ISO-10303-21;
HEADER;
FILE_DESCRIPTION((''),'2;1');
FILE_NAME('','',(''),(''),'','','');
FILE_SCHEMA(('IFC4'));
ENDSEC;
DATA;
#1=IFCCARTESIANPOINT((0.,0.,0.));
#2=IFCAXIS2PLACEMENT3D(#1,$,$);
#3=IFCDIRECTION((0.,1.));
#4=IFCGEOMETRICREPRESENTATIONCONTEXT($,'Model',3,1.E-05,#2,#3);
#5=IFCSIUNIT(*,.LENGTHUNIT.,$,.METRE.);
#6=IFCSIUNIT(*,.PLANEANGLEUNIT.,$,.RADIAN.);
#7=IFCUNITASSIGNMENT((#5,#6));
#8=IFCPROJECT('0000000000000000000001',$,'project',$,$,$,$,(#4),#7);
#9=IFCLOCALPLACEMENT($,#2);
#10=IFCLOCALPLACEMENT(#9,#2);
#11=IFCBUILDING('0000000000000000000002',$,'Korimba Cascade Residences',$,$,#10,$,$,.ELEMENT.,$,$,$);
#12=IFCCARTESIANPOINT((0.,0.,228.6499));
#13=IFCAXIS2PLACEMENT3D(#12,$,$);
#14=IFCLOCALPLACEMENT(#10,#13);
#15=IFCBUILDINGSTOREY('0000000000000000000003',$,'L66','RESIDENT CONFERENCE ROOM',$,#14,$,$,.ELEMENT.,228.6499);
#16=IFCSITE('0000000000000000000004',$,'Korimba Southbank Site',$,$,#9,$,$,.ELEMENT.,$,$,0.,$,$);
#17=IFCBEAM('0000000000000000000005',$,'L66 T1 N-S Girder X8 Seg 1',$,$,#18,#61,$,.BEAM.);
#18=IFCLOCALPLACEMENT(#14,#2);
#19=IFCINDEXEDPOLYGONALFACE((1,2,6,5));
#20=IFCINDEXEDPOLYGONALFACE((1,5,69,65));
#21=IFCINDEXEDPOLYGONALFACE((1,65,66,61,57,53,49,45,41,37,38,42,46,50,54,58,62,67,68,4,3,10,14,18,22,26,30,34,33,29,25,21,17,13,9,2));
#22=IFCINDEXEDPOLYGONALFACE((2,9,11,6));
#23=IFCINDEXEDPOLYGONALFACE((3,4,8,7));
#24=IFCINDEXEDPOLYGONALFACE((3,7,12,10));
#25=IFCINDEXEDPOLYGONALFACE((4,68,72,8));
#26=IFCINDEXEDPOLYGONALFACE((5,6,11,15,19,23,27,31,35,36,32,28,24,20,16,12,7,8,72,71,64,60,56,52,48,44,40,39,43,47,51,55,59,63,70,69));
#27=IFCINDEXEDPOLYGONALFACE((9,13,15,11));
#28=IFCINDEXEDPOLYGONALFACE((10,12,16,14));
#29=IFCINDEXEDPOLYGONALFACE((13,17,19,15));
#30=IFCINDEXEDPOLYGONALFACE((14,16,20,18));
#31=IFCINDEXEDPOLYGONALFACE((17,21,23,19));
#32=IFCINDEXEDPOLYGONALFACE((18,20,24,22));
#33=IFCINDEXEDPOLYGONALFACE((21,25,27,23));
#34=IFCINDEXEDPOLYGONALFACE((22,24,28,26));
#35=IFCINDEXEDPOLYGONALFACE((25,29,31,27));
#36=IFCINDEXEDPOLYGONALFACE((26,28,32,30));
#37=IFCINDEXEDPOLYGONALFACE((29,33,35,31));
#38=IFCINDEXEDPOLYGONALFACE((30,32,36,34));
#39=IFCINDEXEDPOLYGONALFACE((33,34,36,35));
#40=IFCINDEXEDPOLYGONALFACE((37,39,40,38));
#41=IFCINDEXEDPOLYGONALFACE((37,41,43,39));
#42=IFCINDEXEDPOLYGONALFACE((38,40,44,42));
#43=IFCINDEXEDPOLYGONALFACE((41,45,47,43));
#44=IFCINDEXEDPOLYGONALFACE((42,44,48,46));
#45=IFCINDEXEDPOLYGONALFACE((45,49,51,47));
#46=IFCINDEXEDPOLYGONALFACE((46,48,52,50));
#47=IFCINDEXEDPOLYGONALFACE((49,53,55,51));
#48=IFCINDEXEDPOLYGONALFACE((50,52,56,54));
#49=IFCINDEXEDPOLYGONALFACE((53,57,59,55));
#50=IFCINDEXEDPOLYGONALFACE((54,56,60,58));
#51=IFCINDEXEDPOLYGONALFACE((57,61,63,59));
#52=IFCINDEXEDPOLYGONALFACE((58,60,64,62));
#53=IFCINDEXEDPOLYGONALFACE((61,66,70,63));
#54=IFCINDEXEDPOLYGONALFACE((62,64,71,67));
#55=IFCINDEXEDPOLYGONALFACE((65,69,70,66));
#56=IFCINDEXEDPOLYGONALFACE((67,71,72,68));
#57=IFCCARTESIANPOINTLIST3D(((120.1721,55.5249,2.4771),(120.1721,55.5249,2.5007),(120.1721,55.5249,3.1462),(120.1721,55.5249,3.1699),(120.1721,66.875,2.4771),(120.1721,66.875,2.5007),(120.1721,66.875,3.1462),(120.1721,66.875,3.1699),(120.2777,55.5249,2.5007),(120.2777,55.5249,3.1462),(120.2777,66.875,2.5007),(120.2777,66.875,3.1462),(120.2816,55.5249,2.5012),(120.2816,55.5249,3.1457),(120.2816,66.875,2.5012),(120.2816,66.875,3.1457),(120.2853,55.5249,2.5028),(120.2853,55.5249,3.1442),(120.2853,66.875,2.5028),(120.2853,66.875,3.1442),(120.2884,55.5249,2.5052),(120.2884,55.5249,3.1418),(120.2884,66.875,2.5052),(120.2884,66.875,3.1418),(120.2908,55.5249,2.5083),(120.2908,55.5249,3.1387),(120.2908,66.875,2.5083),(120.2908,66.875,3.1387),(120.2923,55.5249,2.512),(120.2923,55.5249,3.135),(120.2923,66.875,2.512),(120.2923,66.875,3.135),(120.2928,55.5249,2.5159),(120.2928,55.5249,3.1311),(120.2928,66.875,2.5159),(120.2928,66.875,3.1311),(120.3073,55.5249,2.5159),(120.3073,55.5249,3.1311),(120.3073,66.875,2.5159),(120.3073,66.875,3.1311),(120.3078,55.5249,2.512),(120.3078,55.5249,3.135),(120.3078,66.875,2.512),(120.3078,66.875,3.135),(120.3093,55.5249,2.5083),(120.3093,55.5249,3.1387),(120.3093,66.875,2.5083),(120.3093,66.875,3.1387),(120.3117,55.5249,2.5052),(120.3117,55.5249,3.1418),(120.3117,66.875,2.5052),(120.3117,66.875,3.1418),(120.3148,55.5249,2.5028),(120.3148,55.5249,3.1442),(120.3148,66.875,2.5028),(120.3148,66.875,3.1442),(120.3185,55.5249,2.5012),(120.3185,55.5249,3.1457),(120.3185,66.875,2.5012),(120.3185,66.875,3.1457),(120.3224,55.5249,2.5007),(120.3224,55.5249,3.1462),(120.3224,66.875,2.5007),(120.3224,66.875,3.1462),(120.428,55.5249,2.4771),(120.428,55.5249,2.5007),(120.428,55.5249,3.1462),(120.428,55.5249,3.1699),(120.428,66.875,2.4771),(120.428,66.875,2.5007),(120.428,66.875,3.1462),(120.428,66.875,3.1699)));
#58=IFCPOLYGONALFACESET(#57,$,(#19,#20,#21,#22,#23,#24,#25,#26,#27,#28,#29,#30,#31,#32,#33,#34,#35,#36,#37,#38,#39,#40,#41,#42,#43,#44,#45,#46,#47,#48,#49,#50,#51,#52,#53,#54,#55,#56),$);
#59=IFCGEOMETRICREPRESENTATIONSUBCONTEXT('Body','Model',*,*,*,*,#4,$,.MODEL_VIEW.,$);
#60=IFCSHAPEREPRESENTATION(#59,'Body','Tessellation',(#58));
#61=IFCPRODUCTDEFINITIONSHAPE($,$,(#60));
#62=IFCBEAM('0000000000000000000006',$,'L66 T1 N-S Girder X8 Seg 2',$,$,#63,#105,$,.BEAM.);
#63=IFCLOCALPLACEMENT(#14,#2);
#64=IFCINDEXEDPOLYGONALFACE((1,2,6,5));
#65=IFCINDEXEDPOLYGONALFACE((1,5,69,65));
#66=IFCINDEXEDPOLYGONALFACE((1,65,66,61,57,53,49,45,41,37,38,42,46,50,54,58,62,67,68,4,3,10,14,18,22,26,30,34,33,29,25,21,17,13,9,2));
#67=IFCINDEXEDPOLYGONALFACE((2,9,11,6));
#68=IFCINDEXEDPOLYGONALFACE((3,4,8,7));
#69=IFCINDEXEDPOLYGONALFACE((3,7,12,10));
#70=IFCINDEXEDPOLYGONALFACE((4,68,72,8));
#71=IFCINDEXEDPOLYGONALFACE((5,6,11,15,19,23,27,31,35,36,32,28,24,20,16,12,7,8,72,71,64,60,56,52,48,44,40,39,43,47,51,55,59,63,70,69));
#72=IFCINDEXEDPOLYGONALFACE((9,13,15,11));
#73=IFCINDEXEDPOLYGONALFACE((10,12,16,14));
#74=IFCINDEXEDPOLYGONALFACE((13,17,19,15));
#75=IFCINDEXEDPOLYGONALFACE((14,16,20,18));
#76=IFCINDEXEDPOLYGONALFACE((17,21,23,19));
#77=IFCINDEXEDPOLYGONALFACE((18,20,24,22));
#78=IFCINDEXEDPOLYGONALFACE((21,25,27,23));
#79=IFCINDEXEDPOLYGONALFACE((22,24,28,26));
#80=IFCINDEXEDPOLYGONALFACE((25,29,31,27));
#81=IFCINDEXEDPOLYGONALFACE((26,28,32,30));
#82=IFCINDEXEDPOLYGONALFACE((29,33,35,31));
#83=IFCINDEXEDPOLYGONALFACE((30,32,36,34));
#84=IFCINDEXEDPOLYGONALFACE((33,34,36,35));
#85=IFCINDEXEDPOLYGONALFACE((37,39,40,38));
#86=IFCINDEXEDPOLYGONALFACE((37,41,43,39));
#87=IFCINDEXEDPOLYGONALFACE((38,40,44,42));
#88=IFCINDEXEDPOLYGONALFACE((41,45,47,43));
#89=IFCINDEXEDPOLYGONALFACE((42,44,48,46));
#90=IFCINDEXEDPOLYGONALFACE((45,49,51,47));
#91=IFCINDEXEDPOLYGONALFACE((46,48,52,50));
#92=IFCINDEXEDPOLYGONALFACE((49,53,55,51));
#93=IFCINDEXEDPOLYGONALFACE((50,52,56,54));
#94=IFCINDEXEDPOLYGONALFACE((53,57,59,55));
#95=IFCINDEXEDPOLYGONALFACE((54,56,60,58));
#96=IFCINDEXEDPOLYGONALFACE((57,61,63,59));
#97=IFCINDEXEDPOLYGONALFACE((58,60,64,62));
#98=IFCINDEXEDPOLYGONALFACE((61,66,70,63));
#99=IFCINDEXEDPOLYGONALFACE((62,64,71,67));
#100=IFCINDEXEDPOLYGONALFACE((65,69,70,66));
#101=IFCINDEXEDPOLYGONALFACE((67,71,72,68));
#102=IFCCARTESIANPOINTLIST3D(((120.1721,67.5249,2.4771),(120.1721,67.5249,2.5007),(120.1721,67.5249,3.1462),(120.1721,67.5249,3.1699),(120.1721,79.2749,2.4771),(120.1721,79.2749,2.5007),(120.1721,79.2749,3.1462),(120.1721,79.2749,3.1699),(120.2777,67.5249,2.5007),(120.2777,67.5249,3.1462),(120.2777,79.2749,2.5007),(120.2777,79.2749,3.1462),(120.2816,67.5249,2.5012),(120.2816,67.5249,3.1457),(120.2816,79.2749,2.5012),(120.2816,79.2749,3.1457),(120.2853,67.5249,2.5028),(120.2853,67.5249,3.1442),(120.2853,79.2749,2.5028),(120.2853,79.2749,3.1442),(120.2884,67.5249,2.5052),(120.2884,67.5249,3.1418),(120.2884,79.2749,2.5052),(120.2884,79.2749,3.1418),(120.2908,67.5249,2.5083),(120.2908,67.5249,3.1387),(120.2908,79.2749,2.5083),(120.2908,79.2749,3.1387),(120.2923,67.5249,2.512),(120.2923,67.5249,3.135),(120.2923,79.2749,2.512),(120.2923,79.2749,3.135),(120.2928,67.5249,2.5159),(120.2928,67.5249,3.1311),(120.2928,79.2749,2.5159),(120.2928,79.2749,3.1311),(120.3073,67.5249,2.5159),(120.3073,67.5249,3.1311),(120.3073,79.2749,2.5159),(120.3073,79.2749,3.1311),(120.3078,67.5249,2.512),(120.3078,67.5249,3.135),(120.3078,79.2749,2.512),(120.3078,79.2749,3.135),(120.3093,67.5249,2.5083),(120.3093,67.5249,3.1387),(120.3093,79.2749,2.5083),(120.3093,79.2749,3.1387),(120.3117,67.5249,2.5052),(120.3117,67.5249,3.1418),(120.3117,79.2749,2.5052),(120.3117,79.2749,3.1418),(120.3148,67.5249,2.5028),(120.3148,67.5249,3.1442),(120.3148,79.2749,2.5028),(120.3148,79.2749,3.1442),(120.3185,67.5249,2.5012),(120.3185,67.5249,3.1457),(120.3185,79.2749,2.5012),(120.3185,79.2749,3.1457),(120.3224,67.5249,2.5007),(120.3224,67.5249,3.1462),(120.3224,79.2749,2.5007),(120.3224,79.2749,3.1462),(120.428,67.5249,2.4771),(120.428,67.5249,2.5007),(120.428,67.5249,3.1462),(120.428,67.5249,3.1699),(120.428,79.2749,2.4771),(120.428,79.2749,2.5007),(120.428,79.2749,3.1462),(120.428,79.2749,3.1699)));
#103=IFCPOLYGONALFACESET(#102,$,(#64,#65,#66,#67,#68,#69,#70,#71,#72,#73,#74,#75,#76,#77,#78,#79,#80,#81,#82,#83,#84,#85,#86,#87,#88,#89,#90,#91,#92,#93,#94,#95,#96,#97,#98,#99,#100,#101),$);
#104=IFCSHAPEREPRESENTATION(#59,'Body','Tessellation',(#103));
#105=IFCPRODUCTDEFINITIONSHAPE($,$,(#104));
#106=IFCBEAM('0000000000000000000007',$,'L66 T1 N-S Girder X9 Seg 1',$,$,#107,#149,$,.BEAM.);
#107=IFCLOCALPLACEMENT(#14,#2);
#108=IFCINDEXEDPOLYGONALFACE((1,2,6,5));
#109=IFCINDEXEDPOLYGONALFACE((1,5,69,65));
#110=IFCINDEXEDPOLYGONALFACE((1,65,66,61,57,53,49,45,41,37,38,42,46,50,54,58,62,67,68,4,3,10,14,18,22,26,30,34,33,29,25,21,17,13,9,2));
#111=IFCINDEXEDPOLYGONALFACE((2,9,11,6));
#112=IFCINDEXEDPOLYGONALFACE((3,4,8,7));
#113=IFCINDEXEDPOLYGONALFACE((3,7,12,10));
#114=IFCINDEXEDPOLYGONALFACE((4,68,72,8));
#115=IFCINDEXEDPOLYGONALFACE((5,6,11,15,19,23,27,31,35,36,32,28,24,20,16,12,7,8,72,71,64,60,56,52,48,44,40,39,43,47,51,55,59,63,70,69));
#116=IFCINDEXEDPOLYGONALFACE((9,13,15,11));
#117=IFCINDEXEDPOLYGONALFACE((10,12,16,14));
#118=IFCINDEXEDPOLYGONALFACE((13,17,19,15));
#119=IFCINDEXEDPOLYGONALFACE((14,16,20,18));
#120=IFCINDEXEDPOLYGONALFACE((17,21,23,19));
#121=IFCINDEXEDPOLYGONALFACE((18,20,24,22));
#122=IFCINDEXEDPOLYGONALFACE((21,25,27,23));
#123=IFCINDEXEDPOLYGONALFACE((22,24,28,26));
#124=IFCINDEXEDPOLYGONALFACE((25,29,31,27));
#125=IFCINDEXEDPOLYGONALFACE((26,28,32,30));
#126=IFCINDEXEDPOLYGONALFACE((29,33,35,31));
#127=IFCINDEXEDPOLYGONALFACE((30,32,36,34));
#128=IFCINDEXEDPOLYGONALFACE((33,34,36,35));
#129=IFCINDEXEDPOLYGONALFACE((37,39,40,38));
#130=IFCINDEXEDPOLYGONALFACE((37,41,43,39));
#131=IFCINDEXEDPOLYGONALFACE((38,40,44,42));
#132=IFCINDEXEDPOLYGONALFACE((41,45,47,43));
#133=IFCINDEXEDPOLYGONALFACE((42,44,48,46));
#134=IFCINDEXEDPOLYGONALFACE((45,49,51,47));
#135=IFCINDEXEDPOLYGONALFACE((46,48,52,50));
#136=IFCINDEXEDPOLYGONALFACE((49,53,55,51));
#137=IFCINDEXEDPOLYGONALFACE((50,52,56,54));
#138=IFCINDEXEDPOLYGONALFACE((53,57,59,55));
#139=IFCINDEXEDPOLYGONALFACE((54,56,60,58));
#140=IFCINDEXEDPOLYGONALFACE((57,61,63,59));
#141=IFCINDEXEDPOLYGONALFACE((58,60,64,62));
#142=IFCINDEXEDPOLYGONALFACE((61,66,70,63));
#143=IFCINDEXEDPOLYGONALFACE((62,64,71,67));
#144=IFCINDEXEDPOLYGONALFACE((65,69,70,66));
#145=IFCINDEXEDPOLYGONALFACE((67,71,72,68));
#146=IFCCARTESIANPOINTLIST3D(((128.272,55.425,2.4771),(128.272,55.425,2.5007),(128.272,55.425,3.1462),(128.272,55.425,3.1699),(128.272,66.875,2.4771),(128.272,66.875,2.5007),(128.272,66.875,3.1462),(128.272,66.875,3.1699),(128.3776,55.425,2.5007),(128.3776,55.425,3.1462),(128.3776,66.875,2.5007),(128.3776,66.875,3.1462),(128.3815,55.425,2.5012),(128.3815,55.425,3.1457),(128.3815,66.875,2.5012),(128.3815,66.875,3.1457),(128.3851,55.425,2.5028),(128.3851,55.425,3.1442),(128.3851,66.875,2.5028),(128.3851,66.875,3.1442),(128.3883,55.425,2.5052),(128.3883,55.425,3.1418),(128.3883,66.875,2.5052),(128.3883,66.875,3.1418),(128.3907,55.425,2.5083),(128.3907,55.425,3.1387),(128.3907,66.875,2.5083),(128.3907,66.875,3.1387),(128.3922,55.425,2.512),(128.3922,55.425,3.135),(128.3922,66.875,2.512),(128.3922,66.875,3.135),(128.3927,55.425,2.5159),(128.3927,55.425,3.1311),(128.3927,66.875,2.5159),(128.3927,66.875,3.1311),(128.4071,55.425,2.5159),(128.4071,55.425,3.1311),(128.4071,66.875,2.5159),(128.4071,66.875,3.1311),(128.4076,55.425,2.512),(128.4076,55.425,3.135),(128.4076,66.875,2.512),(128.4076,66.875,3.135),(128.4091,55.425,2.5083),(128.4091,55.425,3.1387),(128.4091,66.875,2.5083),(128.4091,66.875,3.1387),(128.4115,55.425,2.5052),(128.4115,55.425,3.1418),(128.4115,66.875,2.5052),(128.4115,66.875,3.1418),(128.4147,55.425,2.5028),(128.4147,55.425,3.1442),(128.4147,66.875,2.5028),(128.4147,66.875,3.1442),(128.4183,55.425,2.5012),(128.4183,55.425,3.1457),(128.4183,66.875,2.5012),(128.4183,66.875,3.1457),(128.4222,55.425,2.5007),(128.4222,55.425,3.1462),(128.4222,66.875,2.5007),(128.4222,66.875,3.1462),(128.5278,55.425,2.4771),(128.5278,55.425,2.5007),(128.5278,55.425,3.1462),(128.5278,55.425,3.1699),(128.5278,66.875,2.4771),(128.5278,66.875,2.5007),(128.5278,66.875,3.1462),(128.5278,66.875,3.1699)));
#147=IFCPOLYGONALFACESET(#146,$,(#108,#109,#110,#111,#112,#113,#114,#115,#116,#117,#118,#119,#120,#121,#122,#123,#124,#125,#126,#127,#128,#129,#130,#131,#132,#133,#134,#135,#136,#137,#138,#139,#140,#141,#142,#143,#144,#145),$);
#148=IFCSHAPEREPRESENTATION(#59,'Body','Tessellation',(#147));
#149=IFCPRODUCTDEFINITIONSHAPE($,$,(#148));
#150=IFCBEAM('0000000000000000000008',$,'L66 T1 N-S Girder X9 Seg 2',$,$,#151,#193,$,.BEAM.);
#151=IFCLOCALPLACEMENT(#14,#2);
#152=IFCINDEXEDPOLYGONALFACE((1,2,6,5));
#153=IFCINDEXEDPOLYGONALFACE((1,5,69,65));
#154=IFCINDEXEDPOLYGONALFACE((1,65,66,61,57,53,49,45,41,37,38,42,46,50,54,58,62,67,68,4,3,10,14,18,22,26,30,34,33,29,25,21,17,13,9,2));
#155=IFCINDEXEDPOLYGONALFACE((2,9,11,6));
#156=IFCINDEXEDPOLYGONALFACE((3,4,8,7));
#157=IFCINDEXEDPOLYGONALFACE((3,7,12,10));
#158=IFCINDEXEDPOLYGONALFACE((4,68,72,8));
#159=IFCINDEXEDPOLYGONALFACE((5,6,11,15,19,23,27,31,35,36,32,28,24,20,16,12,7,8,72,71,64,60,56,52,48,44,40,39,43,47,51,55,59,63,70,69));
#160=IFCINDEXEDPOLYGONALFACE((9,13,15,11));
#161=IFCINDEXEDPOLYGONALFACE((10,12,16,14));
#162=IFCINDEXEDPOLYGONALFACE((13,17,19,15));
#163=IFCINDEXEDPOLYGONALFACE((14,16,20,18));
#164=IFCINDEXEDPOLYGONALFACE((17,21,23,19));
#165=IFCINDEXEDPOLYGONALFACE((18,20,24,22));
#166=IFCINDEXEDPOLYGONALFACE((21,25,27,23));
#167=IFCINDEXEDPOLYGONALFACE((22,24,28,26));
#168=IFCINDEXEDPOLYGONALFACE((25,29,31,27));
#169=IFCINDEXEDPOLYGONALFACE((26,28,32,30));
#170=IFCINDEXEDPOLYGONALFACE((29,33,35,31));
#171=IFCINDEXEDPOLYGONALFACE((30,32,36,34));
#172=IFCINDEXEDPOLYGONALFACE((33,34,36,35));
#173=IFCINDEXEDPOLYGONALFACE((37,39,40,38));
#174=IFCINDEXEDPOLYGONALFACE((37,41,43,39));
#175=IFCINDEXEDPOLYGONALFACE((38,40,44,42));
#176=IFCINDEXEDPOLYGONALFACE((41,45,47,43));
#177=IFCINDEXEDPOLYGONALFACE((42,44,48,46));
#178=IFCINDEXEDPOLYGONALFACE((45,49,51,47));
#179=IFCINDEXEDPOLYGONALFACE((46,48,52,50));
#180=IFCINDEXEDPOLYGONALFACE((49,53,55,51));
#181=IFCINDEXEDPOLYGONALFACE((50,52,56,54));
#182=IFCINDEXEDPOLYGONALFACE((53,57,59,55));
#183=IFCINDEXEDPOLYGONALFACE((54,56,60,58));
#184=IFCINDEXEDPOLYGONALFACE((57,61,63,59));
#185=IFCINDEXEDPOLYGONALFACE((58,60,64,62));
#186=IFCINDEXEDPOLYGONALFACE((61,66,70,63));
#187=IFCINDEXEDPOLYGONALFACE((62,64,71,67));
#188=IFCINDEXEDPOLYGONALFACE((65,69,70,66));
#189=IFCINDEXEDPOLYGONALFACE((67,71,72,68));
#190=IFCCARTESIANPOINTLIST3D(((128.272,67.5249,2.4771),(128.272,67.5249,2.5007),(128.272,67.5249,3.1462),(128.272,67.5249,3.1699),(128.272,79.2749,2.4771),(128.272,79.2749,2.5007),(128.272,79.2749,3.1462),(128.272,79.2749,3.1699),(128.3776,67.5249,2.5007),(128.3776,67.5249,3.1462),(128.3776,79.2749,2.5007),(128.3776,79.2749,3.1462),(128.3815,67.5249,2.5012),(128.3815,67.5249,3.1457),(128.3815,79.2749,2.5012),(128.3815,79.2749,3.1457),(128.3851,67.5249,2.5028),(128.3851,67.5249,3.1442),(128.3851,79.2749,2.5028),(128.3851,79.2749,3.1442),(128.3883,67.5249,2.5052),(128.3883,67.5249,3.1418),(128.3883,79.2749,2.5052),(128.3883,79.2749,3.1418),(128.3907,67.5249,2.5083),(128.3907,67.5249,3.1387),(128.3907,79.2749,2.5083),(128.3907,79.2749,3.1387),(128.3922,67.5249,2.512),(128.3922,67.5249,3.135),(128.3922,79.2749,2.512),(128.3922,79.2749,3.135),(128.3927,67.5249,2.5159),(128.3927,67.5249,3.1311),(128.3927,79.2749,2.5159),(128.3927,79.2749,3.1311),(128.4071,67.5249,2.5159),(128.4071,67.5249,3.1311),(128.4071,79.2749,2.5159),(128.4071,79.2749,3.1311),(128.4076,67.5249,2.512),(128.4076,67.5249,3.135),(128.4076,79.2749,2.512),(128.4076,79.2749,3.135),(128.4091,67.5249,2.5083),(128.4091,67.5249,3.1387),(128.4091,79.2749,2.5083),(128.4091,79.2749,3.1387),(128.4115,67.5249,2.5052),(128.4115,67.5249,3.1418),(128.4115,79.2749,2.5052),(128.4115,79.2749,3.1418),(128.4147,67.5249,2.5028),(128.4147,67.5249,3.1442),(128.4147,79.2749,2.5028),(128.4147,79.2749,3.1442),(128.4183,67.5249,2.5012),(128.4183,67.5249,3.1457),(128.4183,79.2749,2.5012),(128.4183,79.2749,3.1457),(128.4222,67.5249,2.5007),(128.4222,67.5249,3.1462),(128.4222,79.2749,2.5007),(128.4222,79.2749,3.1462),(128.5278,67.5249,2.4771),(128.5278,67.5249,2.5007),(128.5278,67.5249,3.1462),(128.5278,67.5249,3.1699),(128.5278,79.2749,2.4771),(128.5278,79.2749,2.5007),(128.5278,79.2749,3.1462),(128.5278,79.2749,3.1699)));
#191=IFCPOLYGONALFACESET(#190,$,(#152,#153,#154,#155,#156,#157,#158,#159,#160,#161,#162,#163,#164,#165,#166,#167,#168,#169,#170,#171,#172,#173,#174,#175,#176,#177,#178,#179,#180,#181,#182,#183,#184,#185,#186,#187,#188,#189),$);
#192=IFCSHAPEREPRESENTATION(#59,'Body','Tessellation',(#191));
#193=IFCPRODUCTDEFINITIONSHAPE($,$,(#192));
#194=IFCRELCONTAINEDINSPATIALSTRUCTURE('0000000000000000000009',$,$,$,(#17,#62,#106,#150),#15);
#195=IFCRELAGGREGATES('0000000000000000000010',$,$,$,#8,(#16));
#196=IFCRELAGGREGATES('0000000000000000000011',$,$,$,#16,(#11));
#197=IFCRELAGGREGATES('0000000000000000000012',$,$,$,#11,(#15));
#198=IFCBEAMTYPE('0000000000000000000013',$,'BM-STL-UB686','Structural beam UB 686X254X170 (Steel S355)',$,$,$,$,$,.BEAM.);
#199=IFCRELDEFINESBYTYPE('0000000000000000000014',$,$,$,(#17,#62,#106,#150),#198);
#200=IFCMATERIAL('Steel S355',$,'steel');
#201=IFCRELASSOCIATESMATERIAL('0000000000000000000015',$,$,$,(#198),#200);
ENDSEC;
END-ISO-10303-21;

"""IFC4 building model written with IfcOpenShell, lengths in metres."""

from ifc_helpers import new_model, si_unit, direction, frame, origin, origin_2d, place, context, subcontext, project, spatial, i_section, extrude, material, material_profile, profile_set, type_object, element, save


model = new_model("IFC4")

# Units and contexts
model_context = context("Model", 3, precision=1e-05, world=origin(), true_north=direction((0.0, 1.0)))
body_context = subcontext(model_context, "Body", "Model", "MODEL_VIEW")
ifc_project = project(units=[si_unit("LENGTHUNIT", "METRE"), si_unit("PLANEANGLEUNIT", "RADIAN")], contexts=[model_context])

# Site, building, storey
site_placement = place(None, origin())
site = spatial("IfcSite", under=ifc_project, at=site_placement, Name="Korimba Southbank Site", CompositionType="ELEMENT", RefElevation=0.0)
building_placement = place(site_placement, origin())
building = spatial("IfcBuilding", under=site, at=building_placement, Name="Korimba Cascade Residences", CompositionType="ELEMENT")
storey_placement = place(building_placement, frame((0.0, 0.0, 228.6499)))
storey = spatial("IfcBuildingStorey", under=building, at=storey_placement, Name="L66", Description="RESIDENT CONFERENCE ROOM", CompositionType="ELEMENT", Elevation=228.6499)

# Beams
ifc_material_1 = material(Name="Steel S355", Category="steel")
ifc_material_profile_1 = material_profile(ifc_material_1, i_section(OverallWidth=0.2559, OverallDepth=0.6929, WebThickness=0.0144, FlangeThickness=0.0237, FilletRadius=0.0151, at=origin_2d()), Name="Steel S355")
ifc_profile_set_1 = profile_set([ifc_material_profile_1], Name="Steel S355")
beam_type_1 = type_object("IfcBeamType", Name="BM-STL-UB686", Description="Structural beam UB 686X254X170 (Steel S355)", PredefinedType="BEAM", material=ifc_profile_set_1)
beam_1_placement = place(storey_placement, frame((120.3, 55.5249, 2.8235), z_axis=(0.0, 1.0, 0.0), x_axis=(-1.0, 0.0, 0.0)))
element("IfcBeam", 1, at=beam_1_placement, inside=storey, type_object=beam_type_1, Name="L66 T1 N-S Girder X8 Seg 1", PredefinedType="BEAM", context=body_context, shape_type="SweptSolid", body=[
    extrude(i_section(OverallWidth=0.2559, OverallDepth=0.6929, WebThickness=0.0144, FlangeThickness=0.0237, FilletRadius=0.0151, at=origin_2d()), origin(), (0.0, 0.0, 1.0), 11.3501),
])
beam_2_placement = place(storey_placement, frame((120.3, 67.5249, 2.8235), z_axis=(0.0, 1.0, 0.0), x_axis=(-1.0, 0.0, 0.0)))
element("IfcBeam", 2, at=beam_2_placement, inside=storey, type_object=beam_type_1, Name="L66 T1 N-S Girder X8 Seg 2", PredefinedType="BEAM", context=body_context, shape_type="SweptSolid", body=[
    extrude(i_section(OverallWidth=0.2559, OverallDepth=0.6929, WebThickness=0.0144, FlangeThickness=0.0237, FilletRadius=0.0151, at=origin_2d()), origin(), (0.0, 0.0, 1.0), 11.75),
])
beam_3_placement = place(storey_placement, frame((128.3999, 55.425, 2.8235), z_axis=(0.0, 1.0, 0.0), x_axis=(-1.0, 0.0, 0.0)))
element("IfcBeam", 3, at=beam_3_placement, inside=storey, type_object=beam_type_1, Name="L66 T1 N-S Girder X9 Seg 1", PredefinedType="BEAM", context=body_context, shape_type="SweptSolid", body=[
    extrude(i_section(OverallWidth=0.2559, OverallDepth=0.6929, WebThickness=0.0144, FlangeThickness=0.0237, FilletRadius=0.0151, at=origin_2d()), origin(), (0.0, 0.0, 1.0), 11.45),
])
beam_4_placement = place(storey_placement, frame((128.3999, 67.5249, 2.8235), z_axis=(0.0, 1.0, 0.0), x_axis=(-1.0, 0.0, 0.0)))
element("IfcBeam", 4, at=beam_4_placement, inside=storey, type_object=beam_type_1, Name="L66 T1 N-S Girder X9 Seg 2", PredefinedType="BEAM", context=body_context, shape_type="SweptSolid", body=[
    extrude(i_section(OverallWidth=0.2559, OverallDepth=0.6929, WebThickness=0.0144, FlangeThickness=0.0237, FilletRadius=0.0151, at=origin_2d()), origin(), (0.0, 0.0, 1.0), 11.75),
])

save(model, "model.ifc")
